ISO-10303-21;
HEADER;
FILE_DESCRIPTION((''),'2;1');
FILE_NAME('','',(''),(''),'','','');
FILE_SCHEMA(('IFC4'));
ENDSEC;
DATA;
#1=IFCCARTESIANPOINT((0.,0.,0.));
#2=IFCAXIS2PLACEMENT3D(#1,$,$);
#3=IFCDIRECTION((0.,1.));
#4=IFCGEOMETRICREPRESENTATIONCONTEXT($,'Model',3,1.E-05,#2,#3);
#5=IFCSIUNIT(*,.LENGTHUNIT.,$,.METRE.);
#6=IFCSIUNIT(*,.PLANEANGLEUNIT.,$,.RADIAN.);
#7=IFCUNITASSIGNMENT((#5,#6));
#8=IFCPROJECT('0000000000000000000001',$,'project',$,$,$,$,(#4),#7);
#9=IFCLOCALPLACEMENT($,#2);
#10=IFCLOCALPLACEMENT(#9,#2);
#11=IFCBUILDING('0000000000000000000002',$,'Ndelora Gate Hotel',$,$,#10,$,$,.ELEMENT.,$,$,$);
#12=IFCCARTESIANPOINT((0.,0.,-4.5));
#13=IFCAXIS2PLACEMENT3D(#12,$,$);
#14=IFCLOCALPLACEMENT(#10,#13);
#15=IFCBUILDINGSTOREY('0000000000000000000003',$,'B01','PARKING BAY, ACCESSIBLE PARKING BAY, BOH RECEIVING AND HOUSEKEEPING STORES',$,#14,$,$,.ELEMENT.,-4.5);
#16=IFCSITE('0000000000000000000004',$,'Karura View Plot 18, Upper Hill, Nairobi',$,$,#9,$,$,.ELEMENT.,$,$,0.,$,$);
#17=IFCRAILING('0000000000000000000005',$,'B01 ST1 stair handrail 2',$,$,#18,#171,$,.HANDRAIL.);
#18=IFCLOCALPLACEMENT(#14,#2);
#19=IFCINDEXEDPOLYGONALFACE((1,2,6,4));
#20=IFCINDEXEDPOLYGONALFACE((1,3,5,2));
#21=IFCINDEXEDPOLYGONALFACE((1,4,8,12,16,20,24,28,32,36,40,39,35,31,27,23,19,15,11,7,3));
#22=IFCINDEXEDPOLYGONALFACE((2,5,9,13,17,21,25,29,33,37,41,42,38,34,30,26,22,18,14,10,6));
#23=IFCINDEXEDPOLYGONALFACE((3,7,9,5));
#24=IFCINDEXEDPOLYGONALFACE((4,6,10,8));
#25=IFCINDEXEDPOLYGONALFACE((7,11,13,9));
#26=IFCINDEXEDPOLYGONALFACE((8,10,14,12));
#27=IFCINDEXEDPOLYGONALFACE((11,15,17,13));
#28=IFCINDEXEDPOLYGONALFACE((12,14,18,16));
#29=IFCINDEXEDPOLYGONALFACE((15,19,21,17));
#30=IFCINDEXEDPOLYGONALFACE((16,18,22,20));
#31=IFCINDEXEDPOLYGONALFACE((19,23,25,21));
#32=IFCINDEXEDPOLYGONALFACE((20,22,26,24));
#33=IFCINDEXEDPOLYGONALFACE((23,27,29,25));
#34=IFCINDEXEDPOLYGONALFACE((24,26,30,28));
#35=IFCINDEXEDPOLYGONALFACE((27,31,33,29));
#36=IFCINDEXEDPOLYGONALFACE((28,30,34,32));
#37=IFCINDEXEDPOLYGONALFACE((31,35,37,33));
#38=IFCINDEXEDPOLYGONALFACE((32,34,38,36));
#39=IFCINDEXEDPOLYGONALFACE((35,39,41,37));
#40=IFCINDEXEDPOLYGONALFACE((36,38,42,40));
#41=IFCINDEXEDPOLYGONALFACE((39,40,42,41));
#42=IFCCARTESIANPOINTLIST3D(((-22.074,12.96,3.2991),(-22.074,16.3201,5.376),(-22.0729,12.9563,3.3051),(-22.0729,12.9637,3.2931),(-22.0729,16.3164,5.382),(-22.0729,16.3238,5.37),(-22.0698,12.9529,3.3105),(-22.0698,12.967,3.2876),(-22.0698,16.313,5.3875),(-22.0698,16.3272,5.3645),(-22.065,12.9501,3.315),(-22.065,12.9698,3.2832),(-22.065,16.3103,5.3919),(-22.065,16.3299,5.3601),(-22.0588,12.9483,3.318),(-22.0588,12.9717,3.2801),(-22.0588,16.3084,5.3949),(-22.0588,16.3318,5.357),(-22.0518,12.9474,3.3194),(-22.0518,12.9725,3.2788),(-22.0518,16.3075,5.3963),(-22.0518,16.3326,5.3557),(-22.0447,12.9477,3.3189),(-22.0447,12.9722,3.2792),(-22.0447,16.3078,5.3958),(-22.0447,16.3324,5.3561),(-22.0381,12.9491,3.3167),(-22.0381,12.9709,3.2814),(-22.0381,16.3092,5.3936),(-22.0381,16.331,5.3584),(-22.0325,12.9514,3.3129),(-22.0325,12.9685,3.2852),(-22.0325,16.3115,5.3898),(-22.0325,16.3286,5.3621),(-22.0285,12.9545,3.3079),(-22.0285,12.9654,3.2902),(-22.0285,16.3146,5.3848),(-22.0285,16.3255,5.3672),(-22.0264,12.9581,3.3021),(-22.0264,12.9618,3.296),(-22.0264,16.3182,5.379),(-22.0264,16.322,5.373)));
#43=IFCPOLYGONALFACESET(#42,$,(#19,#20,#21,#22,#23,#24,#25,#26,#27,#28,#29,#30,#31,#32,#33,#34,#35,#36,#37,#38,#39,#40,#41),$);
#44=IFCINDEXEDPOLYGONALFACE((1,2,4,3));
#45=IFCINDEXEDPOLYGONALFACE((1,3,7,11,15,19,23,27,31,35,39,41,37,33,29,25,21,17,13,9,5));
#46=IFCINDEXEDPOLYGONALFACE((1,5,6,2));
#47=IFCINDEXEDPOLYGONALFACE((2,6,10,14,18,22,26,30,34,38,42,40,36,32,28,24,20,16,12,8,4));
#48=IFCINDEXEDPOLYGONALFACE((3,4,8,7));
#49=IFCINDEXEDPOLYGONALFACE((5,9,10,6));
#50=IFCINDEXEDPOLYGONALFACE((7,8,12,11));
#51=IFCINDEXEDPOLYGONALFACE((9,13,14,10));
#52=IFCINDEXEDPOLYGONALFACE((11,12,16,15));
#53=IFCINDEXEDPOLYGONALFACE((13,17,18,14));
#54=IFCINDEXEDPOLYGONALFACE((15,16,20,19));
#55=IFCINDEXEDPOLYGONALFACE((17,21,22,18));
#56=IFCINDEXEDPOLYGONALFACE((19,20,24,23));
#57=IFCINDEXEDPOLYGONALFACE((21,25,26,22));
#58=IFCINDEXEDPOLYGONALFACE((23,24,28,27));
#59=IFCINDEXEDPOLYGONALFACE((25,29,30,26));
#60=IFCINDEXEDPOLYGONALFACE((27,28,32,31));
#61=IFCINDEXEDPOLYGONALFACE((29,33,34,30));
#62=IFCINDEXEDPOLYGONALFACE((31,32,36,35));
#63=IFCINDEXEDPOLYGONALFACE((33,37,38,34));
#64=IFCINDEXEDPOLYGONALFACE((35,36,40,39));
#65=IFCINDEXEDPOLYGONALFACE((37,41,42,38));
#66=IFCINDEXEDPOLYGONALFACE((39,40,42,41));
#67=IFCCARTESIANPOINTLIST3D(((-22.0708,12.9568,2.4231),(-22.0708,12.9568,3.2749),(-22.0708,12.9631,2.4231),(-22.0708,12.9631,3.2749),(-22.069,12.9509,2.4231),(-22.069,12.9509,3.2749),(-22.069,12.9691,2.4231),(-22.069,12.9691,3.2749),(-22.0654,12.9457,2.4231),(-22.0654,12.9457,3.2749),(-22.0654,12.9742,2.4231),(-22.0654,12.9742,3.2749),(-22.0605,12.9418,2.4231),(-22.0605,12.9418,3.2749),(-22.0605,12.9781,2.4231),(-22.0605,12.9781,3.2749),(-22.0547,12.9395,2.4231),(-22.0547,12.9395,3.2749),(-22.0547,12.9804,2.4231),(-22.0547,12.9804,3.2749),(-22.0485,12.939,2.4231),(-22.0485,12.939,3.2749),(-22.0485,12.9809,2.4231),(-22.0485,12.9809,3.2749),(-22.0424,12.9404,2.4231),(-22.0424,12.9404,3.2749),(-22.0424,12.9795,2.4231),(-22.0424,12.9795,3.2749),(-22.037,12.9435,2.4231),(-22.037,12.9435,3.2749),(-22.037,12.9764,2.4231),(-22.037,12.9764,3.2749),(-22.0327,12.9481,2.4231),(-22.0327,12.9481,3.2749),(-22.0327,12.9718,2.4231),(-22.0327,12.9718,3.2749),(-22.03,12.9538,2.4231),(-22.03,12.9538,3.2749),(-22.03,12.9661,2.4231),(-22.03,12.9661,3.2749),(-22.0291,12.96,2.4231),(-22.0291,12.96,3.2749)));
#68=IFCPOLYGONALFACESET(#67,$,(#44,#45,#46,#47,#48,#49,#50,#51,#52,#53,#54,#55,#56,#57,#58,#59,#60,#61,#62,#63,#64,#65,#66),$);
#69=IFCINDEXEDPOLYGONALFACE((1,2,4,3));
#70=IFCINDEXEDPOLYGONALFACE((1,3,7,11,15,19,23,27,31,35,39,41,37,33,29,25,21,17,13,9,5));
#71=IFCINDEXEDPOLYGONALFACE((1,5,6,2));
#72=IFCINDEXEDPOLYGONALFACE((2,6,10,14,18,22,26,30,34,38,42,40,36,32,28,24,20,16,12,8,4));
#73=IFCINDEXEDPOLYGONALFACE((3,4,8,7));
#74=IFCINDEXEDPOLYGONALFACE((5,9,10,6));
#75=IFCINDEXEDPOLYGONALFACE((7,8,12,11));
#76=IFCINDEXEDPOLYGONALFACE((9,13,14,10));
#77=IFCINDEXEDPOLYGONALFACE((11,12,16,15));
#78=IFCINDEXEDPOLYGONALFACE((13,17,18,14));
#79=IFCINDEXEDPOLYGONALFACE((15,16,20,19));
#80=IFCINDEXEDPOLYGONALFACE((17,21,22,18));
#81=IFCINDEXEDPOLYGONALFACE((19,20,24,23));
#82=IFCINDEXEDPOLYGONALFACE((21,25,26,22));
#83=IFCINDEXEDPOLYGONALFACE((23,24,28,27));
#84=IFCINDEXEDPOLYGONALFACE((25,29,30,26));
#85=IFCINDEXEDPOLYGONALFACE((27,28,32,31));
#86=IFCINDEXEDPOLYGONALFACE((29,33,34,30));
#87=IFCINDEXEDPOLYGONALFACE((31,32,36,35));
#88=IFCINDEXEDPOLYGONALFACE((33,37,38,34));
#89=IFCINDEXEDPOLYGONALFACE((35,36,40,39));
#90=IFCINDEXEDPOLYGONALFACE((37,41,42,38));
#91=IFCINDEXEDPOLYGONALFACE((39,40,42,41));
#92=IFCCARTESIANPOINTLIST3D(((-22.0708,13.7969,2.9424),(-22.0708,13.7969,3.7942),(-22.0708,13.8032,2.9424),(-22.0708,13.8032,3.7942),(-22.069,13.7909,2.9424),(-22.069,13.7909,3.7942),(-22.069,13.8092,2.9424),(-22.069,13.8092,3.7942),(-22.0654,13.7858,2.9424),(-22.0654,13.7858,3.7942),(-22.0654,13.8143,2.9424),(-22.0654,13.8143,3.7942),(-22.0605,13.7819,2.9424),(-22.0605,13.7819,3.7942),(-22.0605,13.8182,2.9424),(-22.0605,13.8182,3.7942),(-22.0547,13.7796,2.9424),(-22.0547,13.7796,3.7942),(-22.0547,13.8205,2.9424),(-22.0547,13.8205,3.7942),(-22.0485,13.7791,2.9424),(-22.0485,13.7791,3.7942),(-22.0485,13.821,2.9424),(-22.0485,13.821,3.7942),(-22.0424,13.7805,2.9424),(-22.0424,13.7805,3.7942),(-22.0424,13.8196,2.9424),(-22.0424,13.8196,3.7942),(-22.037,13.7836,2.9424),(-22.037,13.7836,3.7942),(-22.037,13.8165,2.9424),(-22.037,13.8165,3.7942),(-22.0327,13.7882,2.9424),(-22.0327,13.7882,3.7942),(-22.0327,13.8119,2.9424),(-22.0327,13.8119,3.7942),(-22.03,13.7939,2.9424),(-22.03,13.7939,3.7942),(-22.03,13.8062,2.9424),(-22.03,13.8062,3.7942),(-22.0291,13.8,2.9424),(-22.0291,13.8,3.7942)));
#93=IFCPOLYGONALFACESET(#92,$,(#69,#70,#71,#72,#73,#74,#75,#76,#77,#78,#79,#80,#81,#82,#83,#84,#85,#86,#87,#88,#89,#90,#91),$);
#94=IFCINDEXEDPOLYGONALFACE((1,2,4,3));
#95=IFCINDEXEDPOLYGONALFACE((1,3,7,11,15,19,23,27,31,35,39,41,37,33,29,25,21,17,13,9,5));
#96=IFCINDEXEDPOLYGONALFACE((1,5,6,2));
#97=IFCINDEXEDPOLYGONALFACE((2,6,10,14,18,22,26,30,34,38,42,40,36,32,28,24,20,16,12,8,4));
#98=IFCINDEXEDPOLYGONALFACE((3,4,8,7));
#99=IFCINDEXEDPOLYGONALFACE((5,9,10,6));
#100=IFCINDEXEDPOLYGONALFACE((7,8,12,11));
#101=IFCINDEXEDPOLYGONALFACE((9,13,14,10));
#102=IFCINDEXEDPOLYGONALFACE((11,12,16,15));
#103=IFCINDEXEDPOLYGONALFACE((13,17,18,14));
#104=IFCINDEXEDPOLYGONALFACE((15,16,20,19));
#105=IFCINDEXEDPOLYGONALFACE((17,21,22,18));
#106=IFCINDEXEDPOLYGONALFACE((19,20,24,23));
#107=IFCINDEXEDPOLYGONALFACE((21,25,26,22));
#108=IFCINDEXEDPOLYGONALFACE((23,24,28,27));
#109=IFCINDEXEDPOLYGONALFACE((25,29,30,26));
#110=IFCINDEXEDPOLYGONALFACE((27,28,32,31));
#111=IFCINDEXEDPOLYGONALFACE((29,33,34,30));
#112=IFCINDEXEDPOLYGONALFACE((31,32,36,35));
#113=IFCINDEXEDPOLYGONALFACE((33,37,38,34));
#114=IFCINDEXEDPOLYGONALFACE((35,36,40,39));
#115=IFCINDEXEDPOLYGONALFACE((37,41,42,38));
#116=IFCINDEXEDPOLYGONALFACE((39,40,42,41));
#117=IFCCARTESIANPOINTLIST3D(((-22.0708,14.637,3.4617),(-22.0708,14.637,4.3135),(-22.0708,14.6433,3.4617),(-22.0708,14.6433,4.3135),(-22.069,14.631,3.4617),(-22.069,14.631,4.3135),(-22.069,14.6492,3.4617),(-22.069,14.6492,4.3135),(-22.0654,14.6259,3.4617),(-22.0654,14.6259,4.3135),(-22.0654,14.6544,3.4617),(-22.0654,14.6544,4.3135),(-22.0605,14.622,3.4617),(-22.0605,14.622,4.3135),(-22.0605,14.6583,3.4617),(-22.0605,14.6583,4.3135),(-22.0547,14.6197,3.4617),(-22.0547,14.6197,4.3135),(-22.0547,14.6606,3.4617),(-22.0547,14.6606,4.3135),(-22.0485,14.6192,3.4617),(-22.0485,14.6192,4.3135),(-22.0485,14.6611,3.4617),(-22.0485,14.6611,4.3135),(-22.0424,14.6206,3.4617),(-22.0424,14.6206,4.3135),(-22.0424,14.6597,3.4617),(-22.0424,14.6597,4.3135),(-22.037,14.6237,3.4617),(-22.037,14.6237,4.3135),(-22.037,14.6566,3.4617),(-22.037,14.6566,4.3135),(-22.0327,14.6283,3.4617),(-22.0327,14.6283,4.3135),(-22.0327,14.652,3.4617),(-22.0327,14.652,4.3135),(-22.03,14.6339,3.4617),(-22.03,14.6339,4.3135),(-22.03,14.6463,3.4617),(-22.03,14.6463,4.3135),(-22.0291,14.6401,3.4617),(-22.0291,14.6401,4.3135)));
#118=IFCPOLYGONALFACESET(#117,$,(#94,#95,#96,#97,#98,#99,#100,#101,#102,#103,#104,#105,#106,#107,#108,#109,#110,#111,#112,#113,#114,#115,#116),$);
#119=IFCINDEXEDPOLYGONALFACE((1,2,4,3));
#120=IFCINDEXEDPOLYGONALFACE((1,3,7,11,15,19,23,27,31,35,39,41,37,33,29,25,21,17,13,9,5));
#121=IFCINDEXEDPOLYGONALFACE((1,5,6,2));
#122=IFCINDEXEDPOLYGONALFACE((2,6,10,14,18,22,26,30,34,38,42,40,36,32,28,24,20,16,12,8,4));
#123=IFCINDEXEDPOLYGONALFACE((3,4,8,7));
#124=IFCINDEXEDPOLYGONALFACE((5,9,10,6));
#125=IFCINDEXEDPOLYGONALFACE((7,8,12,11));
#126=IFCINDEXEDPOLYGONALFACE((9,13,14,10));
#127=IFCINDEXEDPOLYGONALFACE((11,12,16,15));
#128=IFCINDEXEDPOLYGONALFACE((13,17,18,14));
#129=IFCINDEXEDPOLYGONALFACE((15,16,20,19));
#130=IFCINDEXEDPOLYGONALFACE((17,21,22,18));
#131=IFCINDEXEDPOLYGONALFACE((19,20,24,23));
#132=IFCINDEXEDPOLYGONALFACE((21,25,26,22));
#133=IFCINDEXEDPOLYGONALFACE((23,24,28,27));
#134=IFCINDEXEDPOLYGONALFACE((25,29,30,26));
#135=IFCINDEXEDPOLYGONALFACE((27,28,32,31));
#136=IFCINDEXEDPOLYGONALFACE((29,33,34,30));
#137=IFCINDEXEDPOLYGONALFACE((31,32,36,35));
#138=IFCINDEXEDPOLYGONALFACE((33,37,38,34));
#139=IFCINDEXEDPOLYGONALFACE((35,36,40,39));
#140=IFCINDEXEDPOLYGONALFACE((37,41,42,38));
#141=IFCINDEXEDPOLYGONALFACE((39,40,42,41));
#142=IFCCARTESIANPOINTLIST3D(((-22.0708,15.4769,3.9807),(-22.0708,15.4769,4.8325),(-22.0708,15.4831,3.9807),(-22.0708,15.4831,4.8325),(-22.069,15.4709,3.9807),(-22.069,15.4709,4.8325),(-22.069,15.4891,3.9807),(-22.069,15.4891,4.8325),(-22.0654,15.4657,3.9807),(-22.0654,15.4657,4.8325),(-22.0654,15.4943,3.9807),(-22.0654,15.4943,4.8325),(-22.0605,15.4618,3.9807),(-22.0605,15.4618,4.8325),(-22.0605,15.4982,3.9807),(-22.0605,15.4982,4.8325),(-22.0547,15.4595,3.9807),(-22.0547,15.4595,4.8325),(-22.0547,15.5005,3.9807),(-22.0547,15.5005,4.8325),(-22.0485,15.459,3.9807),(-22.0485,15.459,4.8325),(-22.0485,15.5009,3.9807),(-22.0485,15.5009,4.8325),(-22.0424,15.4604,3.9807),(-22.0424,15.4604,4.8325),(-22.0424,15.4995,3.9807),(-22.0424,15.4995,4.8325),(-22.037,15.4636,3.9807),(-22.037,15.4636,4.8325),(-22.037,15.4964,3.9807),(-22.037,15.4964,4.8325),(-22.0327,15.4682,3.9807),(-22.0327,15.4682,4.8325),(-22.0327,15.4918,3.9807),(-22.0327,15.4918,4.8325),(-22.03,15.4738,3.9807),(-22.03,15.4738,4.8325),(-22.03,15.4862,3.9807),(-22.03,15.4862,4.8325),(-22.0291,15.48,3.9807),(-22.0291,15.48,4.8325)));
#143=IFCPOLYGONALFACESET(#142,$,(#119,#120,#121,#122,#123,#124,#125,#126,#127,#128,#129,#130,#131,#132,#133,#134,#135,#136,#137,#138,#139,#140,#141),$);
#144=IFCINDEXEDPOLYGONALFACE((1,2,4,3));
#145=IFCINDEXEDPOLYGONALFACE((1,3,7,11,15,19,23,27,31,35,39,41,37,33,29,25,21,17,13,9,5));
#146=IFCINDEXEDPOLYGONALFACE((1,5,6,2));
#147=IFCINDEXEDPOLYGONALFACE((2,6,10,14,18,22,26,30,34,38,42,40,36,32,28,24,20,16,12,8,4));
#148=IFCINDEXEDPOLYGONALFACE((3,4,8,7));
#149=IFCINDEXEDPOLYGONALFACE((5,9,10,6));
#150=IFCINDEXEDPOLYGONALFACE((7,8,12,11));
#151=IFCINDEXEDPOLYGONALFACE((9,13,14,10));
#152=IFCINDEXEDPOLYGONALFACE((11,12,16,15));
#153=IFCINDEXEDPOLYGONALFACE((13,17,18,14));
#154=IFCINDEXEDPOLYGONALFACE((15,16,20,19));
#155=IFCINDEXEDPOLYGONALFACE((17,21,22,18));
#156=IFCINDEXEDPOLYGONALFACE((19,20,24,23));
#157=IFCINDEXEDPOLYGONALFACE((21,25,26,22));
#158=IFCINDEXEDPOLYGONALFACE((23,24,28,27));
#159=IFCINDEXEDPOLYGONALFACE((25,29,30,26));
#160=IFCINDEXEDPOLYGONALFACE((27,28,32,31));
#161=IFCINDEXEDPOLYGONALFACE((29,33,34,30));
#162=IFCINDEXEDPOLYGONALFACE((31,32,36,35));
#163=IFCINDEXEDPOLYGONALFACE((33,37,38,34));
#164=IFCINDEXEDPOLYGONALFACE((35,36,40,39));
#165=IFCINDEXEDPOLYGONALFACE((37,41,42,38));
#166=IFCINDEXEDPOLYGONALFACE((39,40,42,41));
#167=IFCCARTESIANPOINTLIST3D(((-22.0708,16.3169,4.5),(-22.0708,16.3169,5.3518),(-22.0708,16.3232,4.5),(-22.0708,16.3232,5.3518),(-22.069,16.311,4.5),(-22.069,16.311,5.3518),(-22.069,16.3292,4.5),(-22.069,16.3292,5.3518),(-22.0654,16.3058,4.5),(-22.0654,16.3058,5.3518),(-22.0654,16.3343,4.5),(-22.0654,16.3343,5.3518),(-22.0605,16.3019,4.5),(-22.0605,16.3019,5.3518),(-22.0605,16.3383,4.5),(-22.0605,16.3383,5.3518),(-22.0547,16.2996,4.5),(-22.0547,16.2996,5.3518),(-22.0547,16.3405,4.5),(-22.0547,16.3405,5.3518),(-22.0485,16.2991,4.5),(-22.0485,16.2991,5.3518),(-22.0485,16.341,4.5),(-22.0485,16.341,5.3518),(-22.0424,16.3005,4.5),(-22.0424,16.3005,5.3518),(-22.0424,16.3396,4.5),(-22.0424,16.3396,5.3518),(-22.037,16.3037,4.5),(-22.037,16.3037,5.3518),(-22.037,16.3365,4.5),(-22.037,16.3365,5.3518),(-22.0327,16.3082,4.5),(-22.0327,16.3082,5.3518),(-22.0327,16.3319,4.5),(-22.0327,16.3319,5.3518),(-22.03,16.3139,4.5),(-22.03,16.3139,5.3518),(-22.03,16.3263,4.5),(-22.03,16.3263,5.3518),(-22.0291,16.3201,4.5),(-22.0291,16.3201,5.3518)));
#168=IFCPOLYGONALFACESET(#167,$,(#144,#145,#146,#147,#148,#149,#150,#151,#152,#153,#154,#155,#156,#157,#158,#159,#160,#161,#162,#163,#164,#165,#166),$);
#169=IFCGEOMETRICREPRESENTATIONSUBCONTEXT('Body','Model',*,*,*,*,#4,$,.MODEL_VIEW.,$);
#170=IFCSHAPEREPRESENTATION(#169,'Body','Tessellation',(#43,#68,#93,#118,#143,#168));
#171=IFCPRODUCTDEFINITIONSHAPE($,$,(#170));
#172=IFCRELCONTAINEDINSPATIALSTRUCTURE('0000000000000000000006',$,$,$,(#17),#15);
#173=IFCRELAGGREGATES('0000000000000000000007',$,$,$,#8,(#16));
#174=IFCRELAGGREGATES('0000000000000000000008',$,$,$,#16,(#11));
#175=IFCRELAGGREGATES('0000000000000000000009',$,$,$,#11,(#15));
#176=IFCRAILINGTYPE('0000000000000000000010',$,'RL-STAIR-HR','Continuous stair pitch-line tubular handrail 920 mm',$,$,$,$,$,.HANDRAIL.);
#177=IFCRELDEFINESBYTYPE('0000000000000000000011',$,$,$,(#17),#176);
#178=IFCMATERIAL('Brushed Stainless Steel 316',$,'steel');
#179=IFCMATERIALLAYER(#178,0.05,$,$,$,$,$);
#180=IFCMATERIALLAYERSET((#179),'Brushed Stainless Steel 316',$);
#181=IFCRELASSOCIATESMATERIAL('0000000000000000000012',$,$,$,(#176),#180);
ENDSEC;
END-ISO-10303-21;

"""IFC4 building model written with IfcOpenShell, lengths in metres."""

from ifc_helpers import new_model, si_unit, direction, frame, origin, origin_2d, place, context, subcontext, project, spatial, circle, extrude, material, layer, layer_set, type_object, element, save


model = new_model("IFC4")

# Units and contexts
model_context = context("Model", 3, precision=1e-05, world=origin(), true_north=direction((0.0, 1.0)))
body_context = subcontext(model_context, "Body", "Model", "MODEL_VIEW")
ifc_project = project(units=[si_unit("LENGTHUNIT", "METRE"), si_unit("PLANEANGLEUNIT", "RADIAN")], contexts=[model_context])

# Site, building, storey
site_placement = place(None, origin())
site = spatial("IfcSite", under=ifc_project, at=site_placement, Name="Karura View Plot 18, Upper Hill, Nairobi", CompositionType="ELEMENT", RefElevation=0.0)
building_placement = place(site_placement, origin())
building = spatial("IfcBuilding", under=site, at=building_placement, Name="Ndelora Gate Hotel", CompositionType="ELEMENT")
storey_placement = place(building_placement, frame((0.0, 0.0, -4.5)))
storey = spatial("IfcBuildingStorey", under=building, at=storey_placement, Name="B01", Description="PARKING BAY, ACCESSIBLE PARKING BAY, BOH RECEIVING AND HOUSEKEEPING STORES", CompositionType="ELEMENT", Elevation=-4.5)

# Railing
ifc_material_1 = material(Name="Brushed Stainless Steel 316", Category="steel")
ifc_layer_1 = layer(ifc_material_1, 0.05)
ifc_layer_set_1 = layer_set([ifc_layer_1], Name="Brushed Stainless Steel 316")
railing_type_1 = type_object("IfcRailingType", Name="RL-STAIR-HR", Description="Continuous stair pitch-line tubular handrail 920 mm", PredefinedType="HANDRAIL", material=ifc_layer_set_1)
railing_1_placement = place(storey_placement, frame((-22.05, 12.96, 2.4231)))
element("IfcRailing", 1, at=railing_1_placement, inside=storey, type_object=railing_type_1, Name="B01 ST1 stair handrail 2", PredefinedType="HANDRAIL", context=body_context, shape_type="SweptSolid", body=[
    extrude(circle(Radius=0.0239, at=origin_2d()), frame((0.0, 0.0, 0.876), z_axis=(0.0, 0.850623, 0.525776), x_axis=(-1.0, 0.0, 0.0)), (0.0, 0.0, 1.0), 3.9502),
    extrude(circle(Radius=0.021, at=origin_2d()), origin(), (0.0, 0.0, 1.0), 0.8518),
    extrude(circle(Radius=0.021, at=origin_2d()), frame((0.0, 0.8401, 0.5193)), (0.0, 0.0, 1.0), 0.8518),
    extrude(circle(Radius=0.021, at=origin_2d()), frame((0.0, 1.6802, 1.0386)), (0.0, 0.0, 1.0), 0.8518),
    extrude(circle(Radius=0.021, at=origin_2d()), frame((0.0, 2.52, 1.5576)), (0.0, 0.0, 1.0), 0.8518),
    extrude(circle(Radius=0.021, at=origin_2d()), frame((0.0, 3.3601, 2.0769)), (0.0, 0.0, 1.0), 0.8518),
])

save(model, "model.ifc")
